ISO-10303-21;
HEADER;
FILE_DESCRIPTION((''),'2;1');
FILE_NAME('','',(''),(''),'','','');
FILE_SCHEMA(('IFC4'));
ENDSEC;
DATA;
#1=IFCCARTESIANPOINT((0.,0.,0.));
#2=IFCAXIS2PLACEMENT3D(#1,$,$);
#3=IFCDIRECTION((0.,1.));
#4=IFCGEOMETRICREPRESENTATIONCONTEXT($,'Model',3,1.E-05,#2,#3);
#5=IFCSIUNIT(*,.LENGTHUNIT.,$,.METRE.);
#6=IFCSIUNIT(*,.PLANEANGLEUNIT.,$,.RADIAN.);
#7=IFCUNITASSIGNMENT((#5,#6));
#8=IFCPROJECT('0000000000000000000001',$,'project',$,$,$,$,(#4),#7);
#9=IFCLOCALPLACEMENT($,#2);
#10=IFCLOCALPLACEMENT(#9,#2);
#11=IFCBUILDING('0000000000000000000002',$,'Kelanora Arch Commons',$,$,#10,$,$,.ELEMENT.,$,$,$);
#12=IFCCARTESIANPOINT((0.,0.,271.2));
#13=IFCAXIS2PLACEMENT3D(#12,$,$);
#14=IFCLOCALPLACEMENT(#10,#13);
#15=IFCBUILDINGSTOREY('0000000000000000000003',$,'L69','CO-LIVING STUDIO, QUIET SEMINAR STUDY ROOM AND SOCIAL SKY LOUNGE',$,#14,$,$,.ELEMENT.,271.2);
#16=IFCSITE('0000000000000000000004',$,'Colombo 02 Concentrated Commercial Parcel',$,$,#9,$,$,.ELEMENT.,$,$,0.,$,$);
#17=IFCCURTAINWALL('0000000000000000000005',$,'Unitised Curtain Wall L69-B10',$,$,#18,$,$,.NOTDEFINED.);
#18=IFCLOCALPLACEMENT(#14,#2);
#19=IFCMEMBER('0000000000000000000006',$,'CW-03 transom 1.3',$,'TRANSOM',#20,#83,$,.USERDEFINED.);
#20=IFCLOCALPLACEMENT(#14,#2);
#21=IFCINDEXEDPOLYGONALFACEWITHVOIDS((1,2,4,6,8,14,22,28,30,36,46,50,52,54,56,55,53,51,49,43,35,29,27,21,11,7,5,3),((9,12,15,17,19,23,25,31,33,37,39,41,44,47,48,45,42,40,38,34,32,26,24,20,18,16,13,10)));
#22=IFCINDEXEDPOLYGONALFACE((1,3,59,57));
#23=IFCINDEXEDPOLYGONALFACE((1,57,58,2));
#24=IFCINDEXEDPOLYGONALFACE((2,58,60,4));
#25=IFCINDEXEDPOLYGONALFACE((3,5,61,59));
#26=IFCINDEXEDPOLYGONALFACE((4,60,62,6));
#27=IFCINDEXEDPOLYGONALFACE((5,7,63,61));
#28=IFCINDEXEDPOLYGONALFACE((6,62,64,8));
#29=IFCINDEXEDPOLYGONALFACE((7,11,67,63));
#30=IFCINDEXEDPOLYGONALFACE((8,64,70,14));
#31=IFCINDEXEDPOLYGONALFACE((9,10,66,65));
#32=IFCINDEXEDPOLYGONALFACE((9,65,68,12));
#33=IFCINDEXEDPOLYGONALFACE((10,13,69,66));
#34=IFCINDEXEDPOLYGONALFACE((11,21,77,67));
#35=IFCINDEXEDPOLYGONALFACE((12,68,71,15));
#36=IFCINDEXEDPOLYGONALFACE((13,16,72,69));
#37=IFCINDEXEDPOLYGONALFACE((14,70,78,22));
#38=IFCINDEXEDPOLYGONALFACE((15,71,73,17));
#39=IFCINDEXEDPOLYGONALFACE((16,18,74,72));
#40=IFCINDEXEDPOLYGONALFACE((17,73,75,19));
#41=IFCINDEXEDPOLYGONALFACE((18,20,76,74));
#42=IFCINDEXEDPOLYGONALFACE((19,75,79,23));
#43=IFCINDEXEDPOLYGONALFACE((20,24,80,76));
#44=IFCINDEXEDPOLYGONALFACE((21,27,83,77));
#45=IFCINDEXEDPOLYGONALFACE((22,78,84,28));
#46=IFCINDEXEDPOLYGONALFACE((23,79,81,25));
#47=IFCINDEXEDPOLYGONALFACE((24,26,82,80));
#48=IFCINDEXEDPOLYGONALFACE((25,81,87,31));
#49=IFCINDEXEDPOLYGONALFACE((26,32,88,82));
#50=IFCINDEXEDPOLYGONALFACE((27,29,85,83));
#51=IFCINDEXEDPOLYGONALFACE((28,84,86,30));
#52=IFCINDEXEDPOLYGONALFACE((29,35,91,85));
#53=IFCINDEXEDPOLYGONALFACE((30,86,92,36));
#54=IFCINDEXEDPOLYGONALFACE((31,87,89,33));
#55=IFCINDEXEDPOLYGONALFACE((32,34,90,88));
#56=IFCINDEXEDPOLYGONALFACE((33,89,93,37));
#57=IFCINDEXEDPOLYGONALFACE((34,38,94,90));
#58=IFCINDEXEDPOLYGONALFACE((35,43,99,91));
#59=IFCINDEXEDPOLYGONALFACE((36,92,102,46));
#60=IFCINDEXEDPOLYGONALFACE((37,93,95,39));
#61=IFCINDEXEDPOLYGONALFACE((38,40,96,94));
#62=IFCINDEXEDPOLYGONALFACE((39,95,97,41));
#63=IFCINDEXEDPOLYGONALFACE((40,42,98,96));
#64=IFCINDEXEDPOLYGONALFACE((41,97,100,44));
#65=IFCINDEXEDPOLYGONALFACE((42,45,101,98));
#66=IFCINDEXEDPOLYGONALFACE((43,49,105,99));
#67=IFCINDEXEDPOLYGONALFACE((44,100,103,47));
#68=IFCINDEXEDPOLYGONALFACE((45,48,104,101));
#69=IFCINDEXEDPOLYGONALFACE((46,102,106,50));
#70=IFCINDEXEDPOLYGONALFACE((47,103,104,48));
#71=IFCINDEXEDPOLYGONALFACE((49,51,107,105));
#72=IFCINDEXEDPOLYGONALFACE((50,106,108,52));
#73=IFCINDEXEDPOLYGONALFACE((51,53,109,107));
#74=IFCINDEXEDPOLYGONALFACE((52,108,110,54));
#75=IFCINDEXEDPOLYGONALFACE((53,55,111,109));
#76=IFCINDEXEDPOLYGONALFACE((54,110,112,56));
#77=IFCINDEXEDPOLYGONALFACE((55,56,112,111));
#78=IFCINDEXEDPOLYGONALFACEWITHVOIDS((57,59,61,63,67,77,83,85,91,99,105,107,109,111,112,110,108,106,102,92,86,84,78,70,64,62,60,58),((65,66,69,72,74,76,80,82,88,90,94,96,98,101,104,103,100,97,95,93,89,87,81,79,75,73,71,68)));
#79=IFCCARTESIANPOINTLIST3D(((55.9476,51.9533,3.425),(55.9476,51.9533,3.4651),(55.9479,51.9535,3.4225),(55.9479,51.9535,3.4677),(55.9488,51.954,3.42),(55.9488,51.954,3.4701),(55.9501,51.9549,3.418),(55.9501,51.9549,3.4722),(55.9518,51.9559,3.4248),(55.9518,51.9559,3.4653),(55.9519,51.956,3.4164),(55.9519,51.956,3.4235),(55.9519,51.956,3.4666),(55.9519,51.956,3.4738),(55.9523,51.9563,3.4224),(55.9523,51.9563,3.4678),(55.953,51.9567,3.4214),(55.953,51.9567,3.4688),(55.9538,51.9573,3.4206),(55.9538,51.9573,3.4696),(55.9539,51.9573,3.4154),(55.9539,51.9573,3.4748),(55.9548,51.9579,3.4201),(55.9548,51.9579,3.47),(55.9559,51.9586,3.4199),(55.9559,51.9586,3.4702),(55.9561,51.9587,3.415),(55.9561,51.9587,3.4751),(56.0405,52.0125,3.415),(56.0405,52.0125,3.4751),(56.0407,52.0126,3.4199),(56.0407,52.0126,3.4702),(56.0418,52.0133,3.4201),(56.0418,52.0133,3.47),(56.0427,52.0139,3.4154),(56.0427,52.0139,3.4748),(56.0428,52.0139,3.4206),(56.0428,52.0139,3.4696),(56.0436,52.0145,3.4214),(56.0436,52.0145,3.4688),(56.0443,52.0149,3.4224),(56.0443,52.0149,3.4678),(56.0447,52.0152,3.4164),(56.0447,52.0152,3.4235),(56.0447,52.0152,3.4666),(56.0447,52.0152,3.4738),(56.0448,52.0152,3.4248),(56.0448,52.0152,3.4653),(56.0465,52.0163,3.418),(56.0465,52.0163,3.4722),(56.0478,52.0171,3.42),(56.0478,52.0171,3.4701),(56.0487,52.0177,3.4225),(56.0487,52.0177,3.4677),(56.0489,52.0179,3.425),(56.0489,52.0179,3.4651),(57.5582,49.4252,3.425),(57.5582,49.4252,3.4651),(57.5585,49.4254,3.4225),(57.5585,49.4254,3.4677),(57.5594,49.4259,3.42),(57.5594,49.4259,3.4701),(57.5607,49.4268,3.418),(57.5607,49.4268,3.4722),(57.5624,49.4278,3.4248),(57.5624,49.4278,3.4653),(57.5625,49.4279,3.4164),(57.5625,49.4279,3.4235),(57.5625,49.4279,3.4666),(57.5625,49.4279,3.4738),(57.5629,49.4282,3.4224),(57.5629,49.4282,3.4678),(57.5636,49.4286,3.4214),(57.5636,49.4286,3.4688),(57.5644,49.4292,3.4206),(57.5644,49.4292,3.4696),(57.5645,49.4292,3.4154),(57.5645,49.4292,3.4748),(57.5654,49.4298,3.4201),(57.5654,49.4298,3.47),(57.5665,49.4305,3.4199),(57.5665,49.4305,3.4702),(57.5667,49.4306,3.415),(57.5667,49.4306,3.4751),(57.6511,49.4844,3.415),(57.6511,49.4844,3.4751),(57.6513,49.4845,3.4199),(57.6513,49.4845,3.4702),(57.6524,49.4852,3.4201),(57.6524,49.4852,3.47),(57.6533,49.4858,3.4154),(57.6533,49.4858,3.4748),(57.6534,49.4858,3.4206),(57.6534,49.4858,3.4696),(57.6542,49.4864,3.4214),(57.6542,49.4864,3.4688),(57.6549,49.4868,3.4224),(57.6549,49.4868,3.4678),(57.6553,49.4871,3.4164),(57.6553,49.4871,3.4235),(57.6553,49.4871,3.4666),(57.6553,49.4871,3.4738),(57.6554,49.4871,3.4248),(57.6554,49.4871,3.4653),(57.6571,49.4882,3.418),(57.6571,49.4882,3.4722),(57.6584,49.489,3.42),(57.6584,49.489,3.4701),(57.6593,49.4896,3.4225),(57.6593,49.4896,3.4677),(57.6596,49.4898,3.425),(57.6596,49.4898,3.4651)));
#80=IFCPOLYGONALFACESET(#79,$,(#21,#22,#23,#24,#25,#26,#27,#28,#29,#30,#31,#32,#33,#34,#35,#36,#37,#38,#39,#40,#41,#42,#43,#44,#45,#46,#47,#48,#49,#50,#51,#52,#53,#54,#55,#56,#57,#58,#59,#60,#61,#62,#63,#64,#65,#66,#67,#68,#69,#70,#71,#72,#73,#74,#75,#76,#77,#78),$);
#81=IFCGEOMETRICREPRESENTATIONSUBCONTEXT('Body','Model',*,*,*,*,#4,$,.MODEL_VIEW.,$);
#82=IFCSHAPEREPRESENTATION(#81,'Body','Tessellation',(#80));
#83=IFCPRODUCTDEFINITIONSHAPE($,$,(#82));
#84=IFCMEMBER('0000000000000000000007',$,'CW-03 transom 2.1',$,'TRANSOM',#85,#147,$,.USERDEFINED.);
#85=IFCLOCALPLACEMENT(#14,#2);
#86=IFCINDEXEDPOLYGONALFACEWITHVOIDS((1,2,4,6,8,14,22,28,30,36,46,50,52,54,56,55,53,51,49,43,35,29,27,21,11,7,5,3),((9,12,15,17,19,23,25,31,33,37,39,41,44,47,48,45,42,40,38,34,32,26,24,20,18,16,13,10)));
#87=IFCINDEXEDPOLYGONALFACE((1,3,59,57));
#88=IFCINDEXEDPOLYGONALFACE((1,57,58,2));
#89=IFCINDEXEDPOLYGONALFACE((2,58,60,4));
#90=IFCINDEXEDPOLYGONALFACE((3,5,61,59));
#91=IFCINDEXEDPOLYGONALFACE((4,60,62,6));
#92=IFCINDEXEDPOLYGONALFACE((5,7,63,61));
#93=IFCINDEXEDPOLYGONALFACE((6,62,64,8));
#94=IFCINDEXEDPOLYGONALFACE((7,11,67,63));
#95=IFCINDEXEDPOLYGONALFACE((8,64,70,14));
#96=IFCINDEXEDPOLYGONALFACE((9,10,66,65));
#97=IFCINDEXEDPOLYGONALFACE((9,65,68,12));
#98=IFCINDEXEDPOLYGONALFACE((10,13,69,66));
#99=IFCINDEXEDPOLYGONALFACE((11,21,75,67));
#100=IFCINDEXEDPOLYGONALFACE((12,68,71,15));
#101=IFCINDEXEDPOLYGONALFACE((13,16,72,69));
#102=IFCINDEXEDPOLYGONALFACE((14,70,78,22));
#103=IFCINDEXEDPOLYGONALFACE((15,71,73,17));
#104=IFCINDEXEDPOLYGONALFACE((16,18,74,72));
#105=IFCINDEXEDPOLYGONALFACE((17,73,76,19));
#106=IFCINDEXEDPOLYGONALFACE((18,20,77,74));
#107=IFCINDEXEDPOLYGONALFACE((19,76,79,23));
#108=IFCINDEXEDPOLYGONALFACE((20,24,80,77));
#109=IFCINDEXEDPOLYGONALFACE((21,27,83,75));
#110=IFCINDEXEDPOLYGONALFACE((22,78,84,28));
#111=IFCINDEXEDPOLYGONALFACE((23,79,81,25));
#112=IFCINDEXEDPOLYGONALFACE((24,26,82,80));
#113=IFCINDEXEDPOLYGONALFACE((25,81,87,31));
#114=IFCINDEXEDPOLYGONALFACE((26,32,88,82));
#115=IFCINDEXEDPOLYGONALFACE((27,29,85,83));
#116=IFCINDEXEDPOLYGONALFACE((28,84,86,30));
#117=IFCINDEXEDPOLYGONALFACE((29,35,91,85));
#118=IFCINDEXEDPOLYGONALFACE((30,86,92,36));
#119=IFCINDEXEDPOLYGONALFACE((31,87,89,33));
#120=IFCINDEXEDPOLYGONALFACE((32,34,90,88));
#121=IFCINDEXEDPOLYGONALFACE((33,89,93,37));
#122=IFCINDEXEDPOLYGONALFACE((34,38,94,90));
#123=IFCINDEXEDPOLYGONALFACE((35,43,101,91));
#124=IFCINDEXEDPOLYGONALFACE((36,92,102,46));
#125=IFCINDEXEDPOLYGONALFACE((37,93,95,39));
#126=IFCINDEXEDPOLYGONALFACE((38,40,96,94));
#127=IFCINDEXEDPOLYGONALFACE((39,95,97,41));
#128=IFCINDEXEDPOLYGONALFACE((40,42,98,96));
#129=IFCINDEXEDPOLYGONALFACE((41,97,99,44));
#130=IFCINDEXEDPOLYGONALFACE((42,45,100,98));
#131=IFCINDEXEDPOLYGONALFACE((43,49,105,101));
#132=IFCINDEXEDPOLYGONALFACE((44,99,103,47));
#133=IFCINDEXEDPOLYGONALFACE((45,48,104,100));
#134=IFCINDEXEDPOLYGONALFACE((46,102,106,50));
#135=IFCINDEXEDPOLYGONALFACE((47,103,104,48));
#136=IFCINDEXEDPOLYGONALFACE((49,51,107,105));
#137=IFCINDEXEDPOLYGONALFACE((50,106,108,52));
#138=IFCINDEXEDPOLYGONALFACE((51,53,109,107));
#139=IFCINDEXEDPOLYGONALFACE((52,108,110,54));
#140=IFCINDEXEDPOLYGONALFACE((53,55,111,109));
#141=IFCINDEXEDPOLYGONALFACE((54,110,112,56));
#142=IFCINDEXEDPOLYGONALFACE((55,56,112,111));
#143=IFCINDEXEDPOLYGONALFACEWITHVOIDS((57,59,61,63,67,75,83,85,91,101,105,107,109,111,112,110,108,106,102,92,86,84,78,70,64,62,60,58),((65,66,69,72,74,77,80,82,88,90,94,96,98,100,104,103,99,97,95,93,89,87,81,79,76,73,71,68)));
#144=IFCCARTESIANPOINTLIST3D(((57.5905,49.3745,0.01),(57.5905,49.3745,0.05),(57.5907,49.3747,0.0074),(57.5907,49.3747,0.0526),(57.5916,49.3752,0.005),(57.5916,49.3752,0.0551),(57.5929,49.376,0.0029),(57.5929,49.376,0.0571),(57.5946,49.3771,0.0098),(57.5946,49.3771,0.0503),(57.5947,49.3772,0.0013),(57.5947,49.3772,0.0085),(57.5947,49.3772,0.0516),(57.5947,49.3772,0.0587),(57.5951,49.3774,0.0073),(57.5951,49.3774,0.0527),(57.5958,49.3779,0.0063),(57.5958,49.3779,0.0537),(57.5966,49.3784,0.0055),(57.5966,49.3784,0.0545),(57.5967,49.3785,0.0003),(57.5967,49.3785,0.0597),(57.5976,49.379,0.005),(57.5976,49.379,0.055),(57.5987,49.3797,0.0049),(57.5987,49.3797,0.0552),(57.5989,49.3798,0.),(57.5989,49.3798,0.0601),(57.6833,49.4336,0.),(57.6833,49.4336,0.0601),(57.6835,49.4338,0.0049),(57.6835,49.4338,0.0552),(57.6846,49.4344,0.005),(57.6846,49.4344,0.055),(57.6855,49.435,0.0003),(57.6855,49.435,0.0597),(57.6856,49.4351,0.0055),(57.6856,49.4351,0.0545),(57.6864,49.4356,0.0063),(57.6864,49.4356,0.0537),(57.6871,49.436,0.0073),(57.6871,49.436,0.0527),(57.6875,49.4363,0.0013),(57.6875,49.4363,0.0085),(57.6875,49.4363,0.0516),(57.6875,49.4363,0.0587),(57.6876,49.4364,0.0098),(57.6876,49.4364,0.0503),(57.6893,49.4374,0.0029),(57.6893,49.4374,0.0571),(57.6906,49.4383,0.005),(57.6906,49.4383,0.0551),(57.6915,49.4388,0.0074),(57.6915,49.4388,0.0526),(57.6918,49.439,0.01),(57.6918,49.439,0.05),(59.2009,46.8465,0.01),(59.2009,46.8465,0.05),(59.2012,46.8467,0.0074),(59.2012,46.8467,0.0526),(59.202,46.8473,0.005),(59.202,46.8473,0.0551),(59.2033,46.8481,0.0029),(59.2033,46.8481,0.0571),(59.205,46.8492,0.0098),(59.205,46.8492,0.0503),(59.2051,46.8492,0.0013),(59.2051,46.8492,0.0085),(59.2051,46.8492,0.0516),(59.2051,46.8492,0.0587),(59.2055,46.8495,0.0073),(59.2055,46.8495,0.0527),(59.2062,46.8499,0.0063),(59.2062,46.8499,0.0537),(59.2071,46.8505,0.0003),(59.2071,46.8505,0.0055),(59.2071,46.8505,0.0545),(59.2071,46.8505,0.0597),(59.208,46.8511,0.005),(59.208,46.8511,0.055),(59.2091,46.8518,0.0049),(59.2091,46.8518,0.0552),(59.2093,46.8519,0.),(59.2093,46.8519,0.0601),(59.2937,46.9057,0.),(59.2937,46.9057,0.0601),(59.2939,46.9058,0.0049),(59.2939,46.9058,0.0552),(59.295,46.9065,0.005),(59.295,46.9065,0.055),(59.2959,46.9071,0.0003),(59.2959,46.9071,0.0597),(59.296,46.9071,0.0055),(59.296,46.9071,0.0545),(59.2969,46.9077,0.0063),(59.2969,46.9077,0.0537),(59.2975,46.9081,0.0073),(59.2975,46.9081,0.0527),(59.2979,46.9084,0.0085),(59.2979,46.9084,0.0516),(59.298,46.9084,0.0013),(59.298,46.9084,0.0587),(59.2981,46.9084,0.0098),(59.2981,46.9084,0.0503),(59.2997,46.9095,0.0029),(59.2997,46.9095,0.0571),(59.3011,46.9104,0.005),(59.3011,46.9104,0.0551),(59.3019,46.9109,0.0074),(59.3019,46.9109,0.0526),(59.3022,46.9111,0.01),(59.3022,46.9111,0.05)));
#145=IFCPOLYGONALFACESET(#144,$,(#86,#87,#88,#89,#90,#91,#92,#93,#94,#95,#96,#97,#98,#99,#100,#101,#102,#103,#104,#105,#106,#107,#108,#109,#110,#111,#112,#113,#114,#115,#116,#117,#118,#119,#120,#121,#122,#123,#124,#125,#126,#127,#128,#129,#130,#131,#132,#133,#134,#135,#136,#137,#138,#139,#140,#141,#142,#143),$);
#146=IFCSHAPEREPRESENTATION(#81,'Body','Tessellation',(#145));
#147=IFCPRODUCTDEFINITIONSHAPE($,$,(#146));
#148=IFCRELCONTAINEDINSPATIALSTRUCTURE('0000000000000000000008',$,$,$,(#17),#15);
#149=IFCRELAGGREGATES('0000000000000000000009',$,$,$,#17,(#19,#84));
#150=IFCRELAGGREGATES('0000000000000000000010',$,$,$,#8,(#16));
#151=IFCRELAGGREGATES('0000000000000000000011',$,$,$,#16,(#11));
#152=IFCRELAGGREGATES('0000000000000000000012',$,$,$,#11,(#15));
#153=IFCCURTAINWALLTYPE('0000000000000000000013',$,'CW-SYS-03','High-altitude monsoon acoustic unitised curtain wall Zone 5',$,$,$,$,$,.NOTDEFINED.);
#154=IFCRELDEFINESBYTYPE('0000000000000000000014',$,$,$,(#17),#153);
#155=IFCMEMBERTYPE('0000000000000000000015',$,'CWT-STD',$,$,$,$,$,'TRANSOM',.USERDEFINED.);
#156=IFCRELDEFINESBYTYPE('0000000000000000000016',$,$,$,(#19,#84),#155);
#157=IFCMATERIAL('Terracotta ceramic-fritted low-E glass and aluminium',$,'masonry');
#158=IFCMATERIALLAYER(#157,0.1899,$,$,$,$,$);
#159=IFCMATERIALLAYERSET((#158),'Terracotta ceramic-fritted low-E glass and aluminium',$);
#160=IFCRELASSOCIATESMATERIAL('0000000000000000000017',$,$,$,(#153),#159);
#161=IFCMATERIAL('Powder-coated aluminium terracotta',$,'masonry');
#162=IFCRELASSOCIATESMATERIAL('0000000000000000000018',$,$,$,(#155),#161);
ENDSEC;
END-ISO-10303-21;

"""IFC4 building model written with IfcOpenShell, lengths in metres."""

from ifc_helpers import new_model, si_unit, direction, frame, origin, origin_2d, place, context, subcontext, project, spatial, hollow_rectangle, extrude, material, layer, layer_set, material_profile, profile_set, type_object, element, aggregate, save


model = new_model("IFC4")

# Units and contexts
model_context = context("Model", 3, precision=1e-05, world=origin(), true_north=direction((0.0, 1.0)))
body_context = subcontext(model_context, "Body", "Model", "MODEL_VIEW")
ifc_project = project(units=[si_unit("LENGTHUNIT", "METRE"), si_unit("PLANEANGLEUNIT", "RADIAN")], contexts=[model_context])

# Site, building, storey
site_placement = place(None, origin())
site = spatial("IfcSite", under=ifc_project, at=site_placement, Name="Colombo 02 Concentrated Commercial Parcel", CompositionType="ELEMENT", RefElevation=0.0)
building_placement = place(site_placement, origin())
building = spatial("IfcBuilding", under=site, at=building_placement, Name="Kelanora Arch Commons", CompositionType="ELEMENT")
storey_placement = place(building_placement, frame((0.0, 0.0, 271.2)))
storey = spatial("IfcBuildingStorey", under=building, at=storey_placement, Name="L69", Description="CO-LIVING STUDIO, QUIET SEMINAR STUDY ROOM AND SOCIAL SKY LOUNGE", CompositionType="ELEMENT", Elevation=271.2)

# Curtain wall, members
ifc_material_1 = material(Name="Terracotta ceramic-fritted low-E glass and aluminium", Category="masonry")
ifc_layer_1 = layer(ifc_material_1, 0.1899)
ifc_layer_set_1 = layer_set([ifc_layer_1], Name="Terracotta ceramic-fritted low-E glass and aluminium")
curtain_wall_type = type_object("IfcCurtainWallType", Name="CW-SYS-03", Description="High-altitude monsoon acoustic unitised curtain wall Zone 5", PredefinedType="NOTDEFINED", material=ifc_layer_set_1)
curtain_wall_placement = place(storey_placement, origin())
curtain_wall = element("IfcCurtainWall", 1, at=curtain_wall_placement, inside=storey, type_object=curtain_wall_type, Name="Unitised Curtain Wall L69-B10", PredefinedType="NOTDEFINED")
ifc_material_2 = material(Name="Powder-coated aluminium terracotta", Category="masonry")
ifc_material_profile_1 = material_profile(ifc_material_2, hollow_rectangle(XDim=0.1201, YDim=0.0601, WallThickness=0.0049, InnerFilletRadius=0.0049, OuterFilletRadius=0.01, at=origin_2d()), Name="CWT120x60")
ifc_profile_set_1 = profile_set([ifc_material_profile_1], Name="Powder-coated aluminium terracotta")
member_type_1 = type_object("IfcMemberType", Name="CWT-STD", ElementType="TRANSOM", PredefinedType="USERDEFINED", material=ifc_profile_set_1)
member_1_placement = place(storey_placement, frame((55.9983, 51.9856, 3.4451), z_axis=(0.537308, -0.843386, 0.0), x_axis=(0.843386, 0.537308, 0.0)))
member_1 = element("IfcMember", 2, at=member_1_placement, type_object=member_type_1, Name="CW-03 transom 1.3", ObjectType="TRANSOM", PredefinedType="USERDEFINED", context=body_context, shape_type="SweptSolid", body=[
    extrude(hollow_rectangle(XDim=0.1201, YDim=0.0601, WallThickness=0.0049, InnerFilletRadius=0.0049, OuterFilletRadius=0.01, at=origin_2d()), origin(), (0.0, 0.0, 1.0), 2.9976),
])
member_2_placement = place(storey_placement, frame((57.6411, 49.4067, 0.03), z_axis=(0.537287, -0.8434, 0.0), x_axis=(0.8434, 0.537287, 0.0)))
member_2 = element("IfcMember", 3, at=member_2_placement, type_object=member_type_1, Name="CW-03 transom 2.1", ObjectType="TRANSOM", PredefinedType="USERDEFINED", context=body_context, shape_type="SweptSolid", body=[
    extrude(hollow_rectangle(XDim=0.1201, YDim=0.0601, WallThickness=0.0049, InnerFilletRadius=0.0049, OuterFilletRadius=0.01, at=origin_2d()), origin(), (0.0, 0.0, 1.0), 2.9973),
])

aggregate(curtain_wall, [member_1, member_2])

save(model, "model.ifc")
